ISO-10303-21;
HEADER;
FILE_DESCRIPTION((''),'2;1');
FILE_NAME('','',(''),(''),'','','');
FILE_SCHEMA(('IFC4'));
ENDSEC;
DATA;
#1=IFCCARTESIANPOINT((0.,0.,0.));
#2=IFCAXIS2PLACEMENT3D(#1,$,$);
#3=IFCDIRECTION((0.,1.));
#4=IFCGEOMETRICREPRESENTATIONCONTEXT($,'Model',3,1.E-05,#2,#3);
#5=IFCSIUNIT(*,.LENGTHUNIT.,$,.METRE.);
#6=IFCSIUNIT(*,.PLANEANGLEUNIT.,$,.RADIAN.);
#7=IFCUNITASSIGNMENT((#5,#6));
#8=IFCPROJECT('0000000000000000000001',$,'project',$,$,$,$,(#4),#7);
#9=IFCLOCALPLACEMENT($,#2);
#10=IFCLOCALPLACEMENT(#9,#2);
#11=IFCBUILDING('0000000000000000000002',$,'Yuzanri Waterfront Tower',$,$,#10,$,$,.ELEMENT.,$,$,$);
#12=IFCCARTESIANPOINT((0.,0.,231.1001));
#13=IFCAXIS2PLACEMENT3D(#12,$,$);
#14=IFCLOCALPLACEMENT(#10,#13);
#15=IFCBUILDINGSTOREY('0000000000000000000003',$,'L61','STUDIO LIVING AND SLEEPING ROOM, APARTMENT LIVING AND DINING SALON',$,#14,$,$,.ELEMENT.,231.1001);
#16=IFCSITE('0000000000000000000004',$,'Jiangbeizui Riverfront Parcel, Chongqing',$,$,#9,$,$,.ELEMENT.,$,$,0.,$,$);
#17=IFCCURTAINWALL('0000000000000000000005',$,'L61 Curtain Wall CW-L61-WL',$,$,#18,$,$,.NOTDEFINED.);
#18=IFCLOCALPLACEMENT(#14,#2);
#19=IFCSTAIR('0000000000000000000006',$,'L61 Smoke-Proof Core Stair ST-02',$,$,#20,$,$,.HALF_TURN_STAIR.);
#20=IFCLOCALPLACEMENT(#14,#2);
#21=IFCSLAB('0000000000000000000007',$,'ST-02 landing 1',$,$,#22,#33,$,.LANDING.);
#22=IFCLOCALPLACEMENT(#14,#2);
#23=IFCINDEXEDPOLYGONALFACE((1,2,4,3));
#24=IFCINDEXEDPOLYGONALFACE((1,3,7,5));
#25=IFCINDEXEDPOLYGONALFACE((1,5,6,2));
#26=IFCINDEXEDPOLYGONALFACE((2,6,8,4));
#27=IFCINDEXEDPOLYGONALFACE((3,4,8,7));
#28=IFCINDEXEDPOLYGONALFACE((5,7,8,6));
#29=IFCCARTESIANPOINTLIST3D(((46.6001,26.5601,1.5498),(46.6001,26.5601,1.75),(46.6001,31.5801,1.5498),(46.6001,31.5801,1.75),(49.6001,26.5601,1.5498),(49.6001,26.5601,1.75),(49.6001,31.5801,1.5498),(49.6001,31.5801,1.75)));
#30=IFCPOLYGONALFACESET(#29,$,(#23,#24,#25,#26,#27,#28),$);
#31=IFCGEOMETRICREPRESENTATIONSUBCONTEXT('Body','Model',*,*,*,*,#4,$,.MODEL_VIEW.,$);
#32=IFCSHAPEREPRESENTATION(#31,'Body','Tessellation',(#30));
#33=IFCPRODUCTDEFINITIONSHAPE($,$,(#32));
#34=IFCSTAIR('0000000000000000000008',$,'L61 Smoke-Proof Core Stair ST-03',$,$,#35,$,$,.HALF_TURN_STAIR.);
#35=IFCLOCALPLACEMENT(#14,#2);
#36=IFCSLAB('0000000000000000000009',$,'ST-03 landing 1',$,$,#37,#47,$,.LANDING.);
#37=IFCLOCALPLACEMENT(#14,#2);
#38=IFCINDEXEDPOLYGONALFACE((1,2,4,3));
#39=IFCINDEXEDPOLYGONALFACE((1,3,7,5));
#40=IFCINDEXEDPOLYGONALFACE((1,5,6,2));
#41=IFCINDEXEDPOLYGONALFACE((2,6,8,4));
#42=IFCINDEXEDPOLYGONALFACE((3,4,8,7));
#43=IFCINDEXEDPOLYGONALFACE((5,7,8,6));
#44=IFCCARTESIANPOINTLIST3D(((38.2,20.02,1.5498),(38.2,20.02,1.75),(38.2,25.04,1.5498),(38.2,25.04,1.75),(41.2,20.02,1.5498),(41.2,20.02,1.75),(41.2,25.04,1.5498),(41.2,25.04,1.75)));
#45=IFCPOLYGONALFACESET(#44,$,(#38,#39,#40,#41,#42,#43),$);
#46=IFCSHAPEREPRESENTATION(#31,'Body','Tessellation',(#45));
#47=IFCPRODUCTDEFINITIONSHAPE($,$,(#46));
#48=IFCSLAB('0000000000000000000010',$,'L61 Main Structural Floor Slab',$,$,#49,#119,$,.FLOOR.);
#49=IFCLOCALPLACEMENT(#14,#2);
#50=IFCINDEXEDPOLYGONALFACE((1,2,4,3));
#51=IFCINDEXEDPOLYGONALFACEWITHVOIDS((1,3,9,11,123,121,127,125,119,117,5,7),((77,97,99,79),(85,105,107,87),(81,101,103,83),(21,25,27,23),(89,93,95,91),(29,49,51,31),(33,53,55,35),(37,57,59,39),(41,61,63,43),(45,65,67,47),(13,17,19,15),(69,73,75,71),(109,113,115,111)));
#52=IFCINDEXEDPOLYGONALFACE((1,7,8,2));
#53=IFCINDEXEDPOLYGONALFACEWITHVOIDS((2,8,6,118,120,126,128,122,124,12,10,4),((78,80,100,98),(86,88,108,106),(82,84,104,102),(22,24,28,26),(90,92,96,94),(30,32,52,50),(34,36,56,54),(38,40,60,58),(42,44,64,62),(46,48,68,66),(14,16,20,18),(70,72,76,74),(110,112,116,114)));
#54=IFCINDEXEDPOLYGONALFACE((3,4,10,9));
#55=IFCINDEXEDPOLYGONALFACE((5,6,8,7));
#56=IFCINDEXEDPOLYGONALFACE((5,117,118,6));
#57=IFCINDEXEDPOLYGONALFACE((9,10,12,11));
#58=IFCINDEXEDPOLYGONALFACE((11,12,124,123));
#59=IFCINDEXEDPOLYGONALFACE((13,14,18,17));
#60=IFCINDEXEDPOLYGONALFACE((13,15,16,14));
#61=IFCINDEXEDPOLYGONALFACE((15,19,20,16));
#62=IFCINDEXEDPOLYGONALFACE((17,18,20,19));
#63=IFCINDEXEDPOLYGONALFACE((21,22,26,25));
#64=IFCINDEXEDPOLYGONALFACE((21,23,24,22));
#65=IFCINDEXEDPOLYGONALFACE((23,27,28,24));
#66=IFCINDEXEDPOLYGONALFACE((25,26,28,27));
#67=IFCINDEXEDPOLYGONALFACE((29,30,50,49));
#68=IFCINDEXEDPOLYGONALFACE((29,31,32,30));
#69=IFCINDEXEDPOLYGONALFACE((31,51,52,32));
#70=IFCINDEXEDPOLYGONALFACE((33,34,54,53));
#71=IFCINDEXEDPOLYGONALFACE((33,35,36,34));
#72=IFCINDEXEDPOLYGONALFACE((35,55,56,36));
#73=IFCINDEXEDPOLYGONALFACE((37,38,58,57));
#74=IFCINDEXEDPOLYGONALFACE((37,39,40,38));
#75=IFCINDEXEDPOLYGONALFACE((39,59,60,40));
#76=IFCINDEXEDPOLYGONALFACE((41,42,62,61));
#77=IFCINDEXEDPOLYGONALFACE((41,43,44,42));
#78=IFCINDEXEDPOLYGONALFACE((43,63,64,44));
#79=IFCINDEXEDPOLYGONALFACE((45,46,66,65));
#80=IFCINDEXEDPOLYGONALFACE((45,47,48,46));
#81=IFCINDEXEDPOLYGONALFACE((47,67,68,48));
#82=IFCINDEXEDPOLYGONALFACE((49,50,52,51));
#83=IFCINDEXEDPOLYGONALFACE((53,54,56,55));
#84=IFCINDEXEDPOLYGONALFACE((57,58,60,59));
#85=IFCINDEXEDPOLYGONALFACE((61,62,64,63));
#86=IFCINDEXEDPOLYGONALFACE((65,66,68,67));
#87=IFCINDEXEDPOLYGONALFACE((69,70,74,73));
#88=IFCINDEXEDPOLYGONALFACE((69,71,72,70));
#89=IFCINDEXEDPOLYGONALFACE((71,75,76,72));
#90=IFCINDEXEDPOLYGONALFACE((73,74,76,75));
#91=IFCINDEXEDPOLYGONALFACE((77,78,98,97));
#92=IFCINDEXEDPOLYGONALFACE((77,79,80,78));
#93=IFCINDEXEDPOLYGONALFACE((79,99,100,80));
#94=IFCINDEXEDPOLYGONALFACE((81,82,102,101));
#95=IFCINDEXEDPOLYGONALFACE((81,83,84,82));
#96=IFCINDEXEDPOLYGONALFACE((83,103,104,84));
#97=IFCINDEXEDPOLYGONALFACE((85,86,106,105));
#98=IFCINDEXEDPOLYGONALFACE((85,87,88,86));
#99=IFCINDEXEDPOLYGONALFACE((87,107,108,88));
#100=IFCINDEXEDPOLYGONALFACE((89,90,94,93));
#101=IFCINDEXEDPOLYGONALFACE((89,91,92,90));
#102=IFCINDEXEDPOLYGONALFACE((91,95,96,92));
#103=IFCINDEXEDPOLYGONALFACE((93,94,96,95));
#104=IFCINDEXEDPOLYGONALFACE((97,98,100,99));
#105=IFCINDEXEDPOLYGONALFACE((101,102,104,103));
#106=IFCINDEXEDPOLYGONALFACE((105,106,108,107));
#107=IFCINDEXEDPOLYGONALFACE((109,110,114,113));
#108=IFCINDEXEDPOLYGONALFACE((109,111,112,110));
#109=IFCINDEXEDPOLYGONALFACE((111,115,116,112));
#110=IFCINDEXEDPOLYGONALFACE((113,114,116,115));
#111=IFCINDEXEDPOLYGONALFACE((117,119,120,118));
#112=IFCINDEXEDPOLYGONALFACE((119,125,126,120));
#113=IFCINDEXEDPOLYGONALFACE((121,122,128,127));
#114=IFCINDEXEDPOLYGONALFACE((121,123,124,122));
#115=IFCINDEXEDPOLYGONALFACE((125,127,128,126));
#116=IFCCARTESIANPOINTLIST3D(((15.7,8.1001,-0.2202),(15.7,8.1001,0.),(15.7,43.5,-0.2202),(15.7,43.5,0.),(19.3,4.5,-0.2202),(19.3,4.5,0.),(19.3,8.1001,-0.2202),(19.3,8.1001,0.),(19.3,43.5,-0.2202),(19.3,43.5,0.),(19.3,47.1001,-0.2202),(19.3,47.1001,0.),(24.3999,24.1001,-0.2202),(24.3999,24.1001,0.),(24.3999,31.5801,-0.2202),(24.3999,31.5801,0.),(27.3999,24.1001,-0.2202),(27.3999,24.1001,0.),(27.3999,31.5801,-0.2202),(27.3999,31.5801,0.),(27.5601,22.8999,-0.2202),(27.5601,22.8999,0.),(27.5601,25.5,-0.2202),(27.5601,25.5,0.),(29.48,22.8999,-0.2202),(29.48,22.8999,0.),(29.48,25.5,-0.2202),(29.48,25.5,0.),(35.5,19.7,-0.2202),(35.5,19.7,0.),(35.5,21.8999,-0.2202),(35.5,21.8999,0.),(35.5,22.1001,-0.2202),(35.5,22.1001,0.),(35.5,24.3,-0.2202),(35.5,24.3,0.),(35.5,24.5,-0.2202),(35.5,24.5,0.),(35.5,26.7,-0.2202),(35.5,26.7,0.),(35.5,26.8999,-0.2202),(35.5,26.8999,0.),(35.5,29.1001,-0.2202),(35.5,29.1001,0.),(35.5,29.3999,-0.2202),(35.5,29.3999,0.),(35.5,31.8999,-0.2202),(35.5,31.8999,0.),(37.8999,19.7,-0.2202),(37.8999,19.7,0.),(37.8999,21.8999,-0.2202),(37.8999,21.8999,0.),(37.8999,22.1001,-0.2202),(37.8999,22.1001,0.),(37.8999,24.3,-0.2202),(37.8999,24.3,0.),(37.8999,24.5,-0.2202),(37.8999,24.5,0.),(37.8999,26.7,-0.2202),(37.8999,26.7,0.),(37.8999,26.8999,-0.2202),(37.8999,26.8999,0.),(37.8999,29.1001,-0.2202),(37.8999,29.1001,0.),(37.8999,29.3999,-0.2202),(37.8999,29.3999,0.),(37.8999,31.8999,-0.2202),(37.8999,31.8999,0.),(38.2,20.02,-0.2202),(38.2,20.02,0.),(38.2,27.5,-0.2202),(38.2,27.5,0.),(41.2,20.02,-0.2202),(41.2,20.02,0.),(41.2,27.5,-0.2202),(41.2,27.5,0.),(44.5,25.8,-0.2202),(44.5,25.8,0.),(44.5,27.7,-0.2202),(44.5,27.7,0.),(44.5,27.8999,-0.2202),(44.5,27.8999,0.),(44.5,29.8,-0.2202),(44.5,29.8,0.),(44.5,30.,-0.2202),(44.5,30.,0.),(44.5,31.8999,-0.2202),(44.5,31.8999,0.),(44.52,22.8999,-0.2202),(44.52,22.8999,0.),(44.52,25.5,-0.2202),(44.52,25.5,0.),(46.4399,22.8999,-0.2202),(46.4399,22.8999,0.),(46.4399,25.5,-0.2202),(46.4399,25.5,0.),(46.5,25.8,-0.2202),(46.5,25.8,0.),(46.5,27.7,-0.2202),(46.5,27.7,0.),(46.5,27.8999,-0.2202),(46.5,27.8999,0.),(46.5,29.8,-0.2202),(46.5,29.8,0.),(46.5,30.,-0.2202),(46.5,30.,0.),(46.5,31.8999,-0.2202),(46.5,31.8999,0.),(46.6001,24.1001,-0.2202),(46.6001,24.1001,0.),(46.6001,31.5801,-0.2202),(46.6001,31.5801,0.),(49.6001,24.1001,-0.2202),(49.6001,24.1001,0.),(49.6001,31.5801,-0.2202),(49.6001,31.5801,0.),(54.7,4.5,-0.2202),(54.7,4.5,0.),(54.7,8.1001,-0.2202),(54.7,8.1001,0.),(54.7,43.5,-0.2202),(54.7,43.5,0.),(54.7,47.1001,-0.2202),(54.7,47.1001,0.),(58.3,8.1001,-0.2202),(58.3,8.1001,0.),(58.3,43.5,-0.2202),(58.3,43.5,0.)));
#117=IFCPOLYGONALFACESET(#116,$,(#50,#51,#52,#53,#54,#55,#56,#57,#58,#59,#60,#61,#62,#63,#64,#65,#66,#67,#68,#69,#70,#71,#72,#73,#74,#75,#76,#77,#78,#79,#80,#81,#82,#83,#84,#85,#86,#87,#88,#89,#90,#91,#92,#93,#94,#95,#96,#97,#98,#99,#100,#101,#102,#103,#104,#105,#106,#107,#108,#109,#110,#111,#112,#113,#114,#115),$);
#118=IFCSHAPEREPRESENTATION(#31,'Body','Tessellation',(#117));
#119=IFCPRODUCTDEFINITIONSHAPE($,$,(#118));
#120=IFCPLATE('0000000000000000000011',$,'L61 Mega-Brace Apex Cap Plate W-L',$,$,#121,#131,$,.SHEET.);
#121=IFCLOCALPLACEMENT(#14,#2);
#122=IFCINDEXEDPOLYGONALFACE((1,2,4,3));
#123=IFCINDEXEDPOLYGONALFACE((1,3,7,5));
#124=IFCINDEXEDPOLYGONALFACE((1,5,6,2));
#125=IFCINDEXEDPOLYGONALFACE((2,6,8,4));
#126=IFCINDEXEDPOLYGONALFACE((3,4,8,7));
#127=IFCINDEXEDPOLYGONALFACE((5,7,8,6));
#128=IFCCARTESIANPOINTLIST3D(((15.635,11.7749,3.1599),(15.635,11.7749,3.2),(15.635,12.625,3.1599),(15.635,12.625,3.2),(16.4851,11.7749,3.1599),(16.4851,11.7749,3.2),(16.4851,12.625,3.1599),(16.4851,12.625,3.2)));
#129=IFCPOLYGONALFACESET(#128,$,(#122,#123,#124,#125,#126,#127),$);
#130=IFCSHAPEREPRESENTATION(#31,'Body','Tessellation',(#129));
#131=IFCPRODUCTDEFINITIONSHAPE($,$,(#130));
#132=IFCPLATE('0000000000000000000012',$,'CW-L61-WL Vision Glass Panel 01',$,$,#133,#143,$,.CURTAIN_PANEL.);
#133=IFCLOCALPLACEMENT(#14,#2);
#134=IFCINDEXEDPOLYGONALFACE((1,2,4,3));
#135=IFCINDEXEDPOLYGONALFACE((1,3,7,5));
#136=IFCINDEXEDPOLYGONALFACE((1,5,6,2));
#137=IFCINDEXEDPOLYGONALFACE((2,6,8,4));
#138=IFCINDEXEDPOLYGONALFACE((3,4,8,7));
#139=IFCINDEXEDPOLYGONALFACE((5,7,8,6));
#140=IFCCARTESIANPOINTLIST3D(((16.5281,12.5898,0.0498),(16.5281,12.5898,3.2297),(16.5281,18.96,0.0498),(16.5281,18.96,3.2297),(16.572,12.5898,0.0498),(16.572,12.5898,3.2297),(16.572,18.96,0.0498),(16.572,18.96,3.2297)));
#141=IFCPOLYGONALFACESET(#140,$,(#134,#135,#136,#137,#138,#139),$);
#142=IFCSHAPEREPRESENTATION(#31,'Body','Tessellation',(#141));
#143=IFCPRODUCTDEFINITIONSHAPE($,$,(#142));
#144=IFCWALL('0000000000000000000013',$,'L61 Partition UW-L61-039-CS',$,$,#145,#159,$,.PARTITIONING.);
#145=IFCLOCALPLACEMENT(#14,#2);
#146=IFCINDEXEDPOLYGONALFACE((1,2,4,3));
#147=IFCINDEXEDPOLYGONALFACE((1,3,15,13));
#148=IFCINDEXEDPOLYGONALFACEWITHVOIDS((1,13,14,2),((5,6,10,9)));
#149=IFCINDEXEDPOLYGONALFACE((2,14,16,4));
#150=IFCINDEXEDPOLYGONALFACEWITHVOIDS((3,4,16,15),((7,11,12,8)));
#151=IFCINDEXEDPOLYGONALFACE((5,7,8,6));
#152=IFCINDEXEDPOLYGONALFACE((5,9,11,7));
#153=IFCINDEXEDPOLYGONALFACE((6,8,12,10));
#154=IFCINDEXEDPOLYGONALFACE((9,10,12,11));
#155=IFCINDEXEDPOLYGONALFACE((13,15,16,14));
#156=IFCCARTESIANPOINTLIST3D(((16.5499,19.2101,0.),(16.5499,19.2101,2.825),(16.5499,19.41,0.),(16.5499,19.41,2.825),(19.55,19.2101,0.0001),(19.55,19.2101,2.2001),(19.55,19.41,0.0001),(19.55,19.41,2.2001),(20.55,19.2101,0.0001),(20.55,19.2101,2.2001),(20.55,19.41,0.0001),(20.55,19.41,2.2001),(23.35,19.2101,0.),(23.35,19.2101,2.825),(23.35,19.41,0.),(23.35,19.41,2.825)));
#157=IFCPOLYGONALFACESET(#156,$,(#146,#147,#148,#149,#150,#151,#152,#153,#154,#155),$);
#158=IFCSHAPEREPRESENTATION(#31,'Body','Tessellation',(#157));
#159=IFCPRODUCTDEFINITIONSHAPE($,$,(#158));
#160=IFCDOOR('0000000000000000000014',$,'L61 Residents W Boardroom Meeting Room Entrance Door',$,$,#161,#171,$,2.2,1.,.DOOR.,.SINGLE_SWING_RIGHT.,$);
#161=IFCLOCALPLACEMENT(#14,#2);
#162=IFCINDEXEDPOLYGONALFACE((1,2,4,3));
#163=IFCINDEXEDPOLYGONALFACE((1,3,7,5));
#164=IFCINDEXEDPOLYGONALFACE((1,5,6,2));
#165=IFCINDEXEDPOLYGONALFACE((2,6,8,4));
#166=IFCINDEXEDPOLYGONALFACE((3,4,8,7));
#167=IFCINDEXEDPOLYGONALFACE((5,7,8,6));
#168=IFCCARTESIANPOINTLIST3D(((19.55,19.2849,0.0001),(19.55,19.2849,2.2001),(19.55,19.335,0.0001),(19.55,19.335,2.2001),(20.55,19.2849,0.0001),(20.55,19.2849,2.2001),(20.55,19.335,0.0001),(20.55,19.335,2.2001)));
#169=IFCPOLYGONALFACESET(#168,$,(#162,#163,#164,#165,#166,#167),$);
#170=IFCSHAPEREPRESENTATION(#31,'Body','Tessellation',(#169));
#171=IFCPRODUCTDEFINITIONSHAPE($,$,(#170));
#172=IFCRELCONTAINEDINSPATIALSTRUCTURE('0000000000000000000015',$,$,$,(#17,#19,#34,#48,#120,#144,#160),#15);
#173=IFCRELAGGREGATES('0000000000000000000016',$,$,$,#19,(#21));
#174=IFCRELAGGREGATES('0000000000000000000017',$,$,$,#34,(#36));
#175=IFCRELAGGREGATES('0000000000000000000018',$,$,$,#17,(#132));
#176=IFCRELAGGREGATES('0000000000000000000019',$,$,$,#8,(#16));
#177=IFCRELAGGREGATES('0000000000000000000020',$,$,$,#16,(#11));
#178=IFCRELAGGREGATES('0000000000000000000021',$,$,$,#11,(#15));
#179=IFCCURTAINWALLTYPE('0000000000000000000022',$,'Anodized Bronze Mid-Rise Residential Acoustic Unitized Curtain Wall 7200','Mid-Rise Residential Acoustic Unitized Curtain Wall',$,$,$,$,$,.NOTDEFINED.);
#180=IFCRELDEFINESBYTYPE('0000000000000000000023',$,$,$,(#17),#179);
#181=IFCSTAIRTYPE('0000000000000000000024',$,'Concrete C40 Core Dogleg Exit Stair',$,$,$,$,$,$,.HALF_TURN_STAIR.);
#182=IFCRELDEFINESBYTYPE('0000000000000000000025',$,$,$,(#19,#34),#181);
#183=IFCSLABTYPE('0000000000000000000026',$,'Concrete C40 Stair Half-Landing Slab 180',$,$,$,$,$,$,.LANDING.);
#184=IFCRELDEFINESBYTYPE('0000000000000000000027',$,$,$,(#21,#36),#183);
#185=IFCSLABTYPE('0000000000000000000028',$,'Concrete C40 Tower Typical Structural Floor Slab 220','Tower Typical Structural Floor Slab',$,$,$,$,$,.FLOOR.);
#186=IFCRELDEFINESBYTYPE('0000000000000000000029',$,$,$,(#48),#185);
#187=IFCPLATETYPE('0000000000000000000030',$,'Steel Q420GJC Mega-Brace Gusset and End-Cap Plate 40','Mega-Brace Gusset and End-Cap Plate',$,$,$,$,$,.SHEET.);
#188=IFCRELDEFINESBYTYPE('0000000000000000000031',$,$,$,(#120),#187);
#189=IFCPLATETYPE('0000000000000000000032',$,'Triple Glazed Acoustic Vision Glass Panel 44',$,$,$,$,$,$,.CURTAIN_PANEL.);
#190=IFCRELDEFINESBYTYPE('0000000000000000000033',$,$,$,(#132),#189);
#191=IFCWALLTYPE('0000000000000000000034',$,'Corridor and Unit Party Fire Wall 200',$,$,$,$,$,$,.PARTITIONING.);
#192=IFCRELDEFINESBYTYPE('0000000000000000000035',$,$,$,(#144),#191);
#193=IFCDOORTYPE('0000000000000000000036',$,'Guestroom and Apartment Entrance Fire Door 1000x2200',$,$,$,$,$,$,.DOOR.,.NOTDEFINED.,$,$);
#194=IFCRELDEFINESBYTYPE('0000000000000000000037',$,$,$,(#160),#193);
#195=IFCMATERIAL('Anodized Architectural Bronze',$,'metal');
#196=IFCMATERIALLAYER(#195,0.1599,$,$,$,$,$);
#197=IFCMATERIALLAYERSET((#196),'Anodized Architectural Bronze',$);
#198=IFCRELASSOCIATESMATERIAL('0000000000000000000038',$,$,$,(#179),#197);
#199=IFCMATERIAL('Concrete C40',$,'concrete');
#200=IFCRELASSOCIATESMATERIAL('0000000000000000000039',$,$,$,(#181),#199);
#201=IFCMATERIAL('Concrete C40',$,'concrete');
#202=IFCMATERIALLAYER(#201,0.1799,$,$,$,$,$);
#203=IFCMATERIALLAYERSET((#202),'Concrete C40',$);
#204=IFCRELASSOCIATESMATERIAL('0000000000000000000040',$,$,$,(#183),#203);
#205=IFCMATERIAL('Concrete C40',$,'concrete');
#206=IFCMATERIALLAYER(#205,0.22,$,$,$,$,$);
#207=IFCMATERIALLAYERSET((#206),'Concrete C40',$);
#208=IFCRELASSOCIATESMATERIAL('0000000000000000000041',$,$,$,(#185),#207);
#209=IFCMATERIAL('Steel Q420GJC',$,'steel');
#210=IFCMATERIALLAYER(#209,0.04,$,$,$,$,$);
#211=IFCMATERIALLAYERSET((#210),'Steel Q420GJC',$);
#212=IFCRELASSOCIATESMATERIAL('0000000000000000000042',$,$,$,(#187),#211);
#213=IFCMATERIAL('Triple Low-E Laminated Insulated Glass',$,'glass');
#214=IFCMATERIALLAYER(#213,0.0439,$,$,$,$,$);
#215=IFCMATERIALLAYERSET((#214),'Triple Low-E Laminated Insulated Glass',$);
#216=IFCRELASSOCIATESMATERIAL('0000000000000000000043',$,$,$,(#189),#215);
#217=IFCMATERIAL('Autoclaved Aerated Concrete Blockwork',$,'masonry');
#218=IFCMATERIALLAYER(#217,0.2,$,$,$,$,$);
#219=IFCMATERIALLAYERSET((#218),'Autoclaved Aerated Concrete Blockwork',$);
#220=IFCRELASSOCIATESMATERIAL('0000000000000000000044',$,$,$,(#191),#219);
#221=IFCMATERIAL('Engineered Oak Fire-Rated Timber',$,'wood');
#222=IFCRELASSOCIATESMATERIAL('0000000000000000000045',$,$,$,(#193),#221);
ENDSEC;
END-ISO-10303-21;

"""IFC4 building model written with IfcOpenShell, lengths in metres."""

from ifc_helpers import new_model, si_unit, direction, frame, frame_2d, origin, origin_2d, place, context, subcontext, project, spatial, polyline, rectangle, outline, extrude, source, transform, mapped, material, layer, layer_set, type_object, element, fill, aggregate, save


model = new_model("IFC4")

# Units and contexts
model_context = context("Model", 3, precision=1e-05, world=origin(), true_north=direction((0.0, 1.0)))
body_context = subcontext(model_context, "Body", "Model", "MODEL_VIEW")
ifc_project = project(units=[si_unit("LENGTHUNIT", "METRE"), si_unit("PLANEANGLEUNIT", "RADIAN")], contexts=[model_context])

# Site, building, storey
site_placement = place(None, origin())
site = spatial("IfcSite", under=ifc_project, at=site_placement, Name="Jiangbeizui Riverfront Parcel, Chongqing", CompositionType="ELEMENT", RefElevation=0.0)
building_placement = place(site_placement, origin())
building = spatial("IfcBuilding", under=site, at=building_placement, Name="Yuzanri Waterfront Tower", CompositionType="ELEMENT")
storey_placement = place(building_placement, frame((0.0, 0.0, 231.1001)))
storey = spatial("IfcBuildingStorey", under=building, at=storey_placement, Name="L61", Description="STUDIO LIVING AND SLEEPING ROOM, APARTMENT LIVING AND DINING SALON", CompositionType="ELEMENT", Elevation=231.1001)

# Curtain wall
ifc_material_1 = material(Name="Anodized Architectural Bronze", Category="metal")
ifc_layer_1 = layer(ifc_material_1, 0.1599)
ifc_layer_set_1 = layer_set([ifc_layer_1], Name="Anodized Architectural Bronze")
curtain_wall_type = type_object("IfcCurtainWallType", Name="Anodized Bronze Mid-Rise Residential Acoustic Unitized Curtain Wall 7200", Description="Mid-Rise Residential Acoustic Unitized Curtain Wall", PredefinedType="NOTDEFINED", material=ifc_layer_set_1)
curtain_wall_placement = place(storey_placement, origin())
curtain_wall = element("IfcCurtainWall", 1, at=curtain_wall_placement, inside=storey, type_object=curtain_wall_type, Name="L61 Curtain Wall CW-L61-WL", PredefinedType="NOTDEFINED")

# Stairs, slabs
ifc_material_2 = material(Name="Concrete C40", Category="concrete")
stair_type = type_object("IfcStairType", Name="Concrete C40 Core Dogleg Exit Stair", PredefinedType="HALF_TURN_STAIR", material=ifc_material_2)
ifc_material_3 = material(Name="Concrete C40", Category="concrete")
ifc_layer_2 = layer(ifc_material_3, 0.1799)
ifc_layer_set_2 = layer_set([ifc_layer_2], Name="Concrete C40")
slab_type_1 = type_object("IfcSlabType", Name="Concrete C40 Stair Half-Landing Slab 180", PredefinedType="LANDING", material=ifc_layer_set_2)
stair_1_placement = place(storey_placement, origin())
stair_1 = element("IfcStair", 2, at=stair_1_placement, inside=storey, type_object=stair_type, Name="L61 Smoke-Proof Core Stair ST-02", PredefinedType="HALF_TURN_STAIR")
slab_1_placement = place(storey_placement, frame((0.0, 0.0, 1.5498)))
slab_1 = element("IfcSlab", 3, at=slab_1_placement, type_object=slab_type_1, Name="ST-02 landing 1", PredefinedType="LANDING", context=body_context, shape_type="SweptSolid", body=[
    extrude(outline(polyline([(49.6001, 26.5601), (49.6001, 31.5801), (46.6001, 31.5801), (46.6001, 26.5601), (49.6001, 26.5601)])), origin(), (0.0, 0.0, 1.0), 0.2002),
])
aggregate(stair_1, [slab_1])
stair_2_placement = place(storey_placement, origin())
stair_2 = element("IfcStair", 4, at=stair_2_placement, inside=storey, type_object=stair_type, Name="L61 Smoke-Proof Core Stair ST-03", PredefinedType="HALF_TURN_STAIR")
slab_2_placement = place(storey_placement, frame((0.0, 0.0, 1.5498)))
slab_2 = element("IfcSlab", 5, at=slab_2_placement, type_object=slab_type_1, Name="ST-03 landing 1", PredefinedType="LANDING", context=body_context, shape_type="SweptSolid", body=[
    extrude(outline(polyline([(38.2, 25.04), (38.2, 20.02), (41.2, 20.02), (41.2, 25.04), (38.2, 25.04)])), origin(), (0.0, 0.0, 1.0), 0.2002),
])
aggregate(stair_2, [slab_2])

# Slab
ifc_material_4 = material(Name="Concrete C40", Category="concrete")
ifc_layer_3 = layer(ifc_material_4, 0.22)
ifc_layer_set_3 = layer_set([ifc_layer_3], Name="Concrete C40")
slab_type_2 = type_object("IfcSlabType", Name="Concrete C40 Tower Typical Structural Floor Slab 220", Description="Tower Typical Structural Floor Slab", PredefinedType="FLOOR", material=ifc_layer_set_3)
slab_3_placement = place(storey_placement, frame((0.0, 0.0, -0.2202)))
element("IfcSlab", 6, at=slab_3_placement, inside=storey, type_object=slab_type_2, Name="L61 Main Structural Floor Slab", PredefinedType="FLOOR", context=body_context, shape_type="SweptSolid", body=[
    extrude(outline(polyline([(19.3, 4.5), (54.7, 4.5), (54.7, 8.1001), (58.3, 8.1001), (58.3, 43.5), (54.7, 43.5), (54.7, 47.1001), (19.3, 47.1001), (19.3, 43.5), (15.7, 43.5), (15.7, 8.1001), (19.3, 8.1001), (19.3, 4.5)]), holes=[polyline([(27.3999, 24.1001), (27.3999, 31.5801), (24.3999, 31.5801), (24.3999, 24.1001), (27.3999, 24.1001)]), polyline([(49.6001, 24.1001), (49.6001, 31.5801), (46.6001, 31.5801), (46.6001, 24.1001), (49.6001, 24.1001)]), polyline([(38.2, 27.5), (38.2, 20.02), (41.2, 20.02), (41.2, 27.5), (38.2, 27.5)]), polyline([(27.5601, 22.8999), (29.48, 22.8999), (29.48, 25.5), (27.5601, 25.5), (27.5601, 22.8999)]), polyline([(44.52, 22.8999), (46.4399, 22.8999), (46.4399, 25.5), (44.52, 25.5), (44.52, 22.8999)]), polyline([(35.5, 19.7), (37.8999, 19.7), (37.8999, 21.8999), (35.5, 21.8999), (35.5, 19.7)]), polyline([(35.5, 22.1001), (37.8999, 22.1001), (37.8999, 24.3), (35.5, 24.3), (35.5, 22.1001)]), polyline([(35.5, 24.5), (37.8999, 24.5), (37.8999, 26.7), (35.5, 26.7), (35.5, 24.5)]), polyline([(35.5, 26.8999), (37.8999, 26.8999), (37.8999, 29.1001), (35.5, 29.1001), (35.5, 26.8999)]), polyline([(35.5, 29.3999), (37.8999, 29.3999), (37.8999, 31.8999), (35.5, 31.8999), (35.5, 29.3999)]), polyline([(44.5, 25.8), (46.5, 25.8), (46.5, 27.7), (44.5, 27.7), (44.5, 25.8)]), polyline([(44.5, 27.8999), (46.5, 27.8999), (46.5, 29.8), (44.5, 29.8), (44.5, 27.8999)]), polyline([(44.5, 30.0), (46.5, 30.0), (46.5, 31.8999), (44.5, 31.8999), (44.5, 30.0)])]), origin(), (0.0, 0.0, 1.0), 0.2202),
])

# Plates
ifc_material_5 = material(Name="Steel Q420GJC", Category="steel")
ifc_layer_4 = layer(ifc_material_5, 0.04)
ifc_layer_set_4 = layer_set([ifc_layer_4], Name="Steel Q420GJC")
plate_type_1 = type_object("IfcPlateType", Name="Steel Q420GJC Mega-Brace Gusset and End-Cap Plate 40", Description="Mega-Brace Gusset and End-Cap Plate", PredefinedType="SHEET", material=ifc_layer_set_4)
shared_shape_1 = source(origin(), body_context, "Body", "SweptSolid", [
    extrude(rectangle(XDim=0.8501, YDim=0.8501, at=origin_2d()), origin(), (0.0, 0.0, 1.0), 0.04),
])
plate_1_placement = place(storey_placement, frame((16.0601, 12.2, 3.1599), z_axis=(0.0, 0.0, 1.0), x_axis=(1.0, 0.0, 0.0)))
element("IfcPlate", 7, at=plate_1_placement, inside=storey, type_object=plate_type_1, Name="L61 Mega-Brace Apex Cap Plate W-L", PredefinedType="SHEET", context=body_context, shape_type="MappedRepresentation", body=[
    mapped(shared_shape_1, transform((0.0, 0.0, 0.0), scale=1.0)),
])
ifc_material_6 = material(Name="Triple Low-E Laminated Insulated Glass", Category="glass")
ifc_layer_5 = layer(ifc_material_6, 0.0439)
ifc_layer_set_5 = layer_set([ifc_layer_5], Name="Triple Low-E Laminated Insulated Glass")
plate_type_2 = type_object("IfcPlateType", Name="Triple Glazed Acoustic Vision Glass Panel 44", PredefinedType="CURTAIN_PANEL", material=ifc_layer_set_5)
shared_shape_2 = source(origin(), body_context, "Body", "SweptSolid", [
    extrude(rectangle(XDim=6.3701, YDim=0.0439, at=origin_2d()), origin(), (0.0, 0.0, 1.0), 3.1799),
])
plate_2_placement = place(storey_placement, frame((16.55, 15.7749, 0.0498), z_axis=(0.0, 0.0, 1.0), x_axis=(0.0, 1.0, 0.0)))
plate_2 = element("IfcPlate", 8, at=plate_2_placement, type_object=plate_type_2, Name="CW-L61-WL Vision Glass Panel 01", PredefinedType="CURTAIN_PANEL", context=body_context, shape_type="MappedRepresentation", body=[
    mapped(shared_shape_2, transform((0.0, 0.0, 0.0), scale=1.0)),
])
aggregate(curtain_wall, [plate_2])

# Wall, opening, door
ifc_material_7 = material(Name="Autoclaved Aerated Concrete Blockwork", Category="masonry")
ifc_layer_6 = layer(ifc_material_7, 0.2)
ifc_layer_set_6 = layer_set([ifc_layer_6], Name="Autoclaved Aerated Concrete Blockwork")
wall_type_1 = type_object("IfcWallType", Name="Corridor and Unit Party Fire Wall 200", PredefinedType="PARTITIONING", material=ifc_layer_set_6)
wall_1_placement = place(storey_placement, frame((16.55, 19.3101, 0.0), z_axis=(0.0, 0.0, 1.0), x_axis=(1.0, 0.0, 0.0)))
wall_1 = element("IfcWall", 9, at=wall_1_placement, inside=storey, type_object=wall_type_1, Name="L61 Partition UW-L61-039-CS", PredefinedType="PARTITIONING", context=body_context, shape_type="SweptSolid", body=[
    extrude(rectangle(XDim=6.8, YDim=0.2, at=frame_2d((3.3999, 0.0))), origin(), (0.0, 0.0, 1.0), 2.825),
])
opening_placement = place(wall_1_placement, frame((3.0, 0.0, 0.0)))
opening = element("IfcOpeningElement", 10, at=opening_placement, cuts=wall_1, PredefinedType="OPENING", context=body_context, shape_type="SweptSolid", body=[
    extrude(rectangle(XDim=1.0, YDim=2.2, at=frame_2d((0.5, 1.1001))), frame((0.0, 0.1147, 0.0), z_axis=(0.0, -1.0, 0.0), x_axis=(1.0, 0.0, 0.0)), (0.0, 0.0, 1.0), 0.2297),
])
ifc_material_8 = material(Name="Engineered Oak Fire-Rated Timber", Category="wood")
door_type = type_object("IfcDoorType", Name="Guestroom and Apartment Entrance Fire Door 1000x2200", OperationType="NOTDEFINED", PredefinedType="DOOR", material=ifc_material_8)
shared_shape_3 = source(origin(), body_context, "Body", "SweptSolid", [
    extrude(rectangle(XDim=1.0, YDim=2.2, at=frame_2d((0.5, 1.1001))), frame((0.0, 0.0249, 0.0), z_axis=(0.0, -1.0, 0.0), x_axis=(1.0, 0.0, 0.0)), (0.0, 0.0, 1.0), 0.05),
])
door_placement = place(opening_placement, origin())
door = element("IfcDoor", 11, at=door_placement, inside=storey, type_object=door_type, Name="L61 Residents W Boardroom Meeting Room Entrance Door", OperationType="SINGLE_SWING_RIGHT", OverallHeight=2.2, OverallWidth=1.0, PredefinedType="DOOR", context=body_context, shape_type="MappedRepresentation", body=[
    mapped(shared_shape_3, transform((0.0, 0.0, 0.0), scale=1.0)),
])
fill(opening, door)

save(model, "model.ifc")
